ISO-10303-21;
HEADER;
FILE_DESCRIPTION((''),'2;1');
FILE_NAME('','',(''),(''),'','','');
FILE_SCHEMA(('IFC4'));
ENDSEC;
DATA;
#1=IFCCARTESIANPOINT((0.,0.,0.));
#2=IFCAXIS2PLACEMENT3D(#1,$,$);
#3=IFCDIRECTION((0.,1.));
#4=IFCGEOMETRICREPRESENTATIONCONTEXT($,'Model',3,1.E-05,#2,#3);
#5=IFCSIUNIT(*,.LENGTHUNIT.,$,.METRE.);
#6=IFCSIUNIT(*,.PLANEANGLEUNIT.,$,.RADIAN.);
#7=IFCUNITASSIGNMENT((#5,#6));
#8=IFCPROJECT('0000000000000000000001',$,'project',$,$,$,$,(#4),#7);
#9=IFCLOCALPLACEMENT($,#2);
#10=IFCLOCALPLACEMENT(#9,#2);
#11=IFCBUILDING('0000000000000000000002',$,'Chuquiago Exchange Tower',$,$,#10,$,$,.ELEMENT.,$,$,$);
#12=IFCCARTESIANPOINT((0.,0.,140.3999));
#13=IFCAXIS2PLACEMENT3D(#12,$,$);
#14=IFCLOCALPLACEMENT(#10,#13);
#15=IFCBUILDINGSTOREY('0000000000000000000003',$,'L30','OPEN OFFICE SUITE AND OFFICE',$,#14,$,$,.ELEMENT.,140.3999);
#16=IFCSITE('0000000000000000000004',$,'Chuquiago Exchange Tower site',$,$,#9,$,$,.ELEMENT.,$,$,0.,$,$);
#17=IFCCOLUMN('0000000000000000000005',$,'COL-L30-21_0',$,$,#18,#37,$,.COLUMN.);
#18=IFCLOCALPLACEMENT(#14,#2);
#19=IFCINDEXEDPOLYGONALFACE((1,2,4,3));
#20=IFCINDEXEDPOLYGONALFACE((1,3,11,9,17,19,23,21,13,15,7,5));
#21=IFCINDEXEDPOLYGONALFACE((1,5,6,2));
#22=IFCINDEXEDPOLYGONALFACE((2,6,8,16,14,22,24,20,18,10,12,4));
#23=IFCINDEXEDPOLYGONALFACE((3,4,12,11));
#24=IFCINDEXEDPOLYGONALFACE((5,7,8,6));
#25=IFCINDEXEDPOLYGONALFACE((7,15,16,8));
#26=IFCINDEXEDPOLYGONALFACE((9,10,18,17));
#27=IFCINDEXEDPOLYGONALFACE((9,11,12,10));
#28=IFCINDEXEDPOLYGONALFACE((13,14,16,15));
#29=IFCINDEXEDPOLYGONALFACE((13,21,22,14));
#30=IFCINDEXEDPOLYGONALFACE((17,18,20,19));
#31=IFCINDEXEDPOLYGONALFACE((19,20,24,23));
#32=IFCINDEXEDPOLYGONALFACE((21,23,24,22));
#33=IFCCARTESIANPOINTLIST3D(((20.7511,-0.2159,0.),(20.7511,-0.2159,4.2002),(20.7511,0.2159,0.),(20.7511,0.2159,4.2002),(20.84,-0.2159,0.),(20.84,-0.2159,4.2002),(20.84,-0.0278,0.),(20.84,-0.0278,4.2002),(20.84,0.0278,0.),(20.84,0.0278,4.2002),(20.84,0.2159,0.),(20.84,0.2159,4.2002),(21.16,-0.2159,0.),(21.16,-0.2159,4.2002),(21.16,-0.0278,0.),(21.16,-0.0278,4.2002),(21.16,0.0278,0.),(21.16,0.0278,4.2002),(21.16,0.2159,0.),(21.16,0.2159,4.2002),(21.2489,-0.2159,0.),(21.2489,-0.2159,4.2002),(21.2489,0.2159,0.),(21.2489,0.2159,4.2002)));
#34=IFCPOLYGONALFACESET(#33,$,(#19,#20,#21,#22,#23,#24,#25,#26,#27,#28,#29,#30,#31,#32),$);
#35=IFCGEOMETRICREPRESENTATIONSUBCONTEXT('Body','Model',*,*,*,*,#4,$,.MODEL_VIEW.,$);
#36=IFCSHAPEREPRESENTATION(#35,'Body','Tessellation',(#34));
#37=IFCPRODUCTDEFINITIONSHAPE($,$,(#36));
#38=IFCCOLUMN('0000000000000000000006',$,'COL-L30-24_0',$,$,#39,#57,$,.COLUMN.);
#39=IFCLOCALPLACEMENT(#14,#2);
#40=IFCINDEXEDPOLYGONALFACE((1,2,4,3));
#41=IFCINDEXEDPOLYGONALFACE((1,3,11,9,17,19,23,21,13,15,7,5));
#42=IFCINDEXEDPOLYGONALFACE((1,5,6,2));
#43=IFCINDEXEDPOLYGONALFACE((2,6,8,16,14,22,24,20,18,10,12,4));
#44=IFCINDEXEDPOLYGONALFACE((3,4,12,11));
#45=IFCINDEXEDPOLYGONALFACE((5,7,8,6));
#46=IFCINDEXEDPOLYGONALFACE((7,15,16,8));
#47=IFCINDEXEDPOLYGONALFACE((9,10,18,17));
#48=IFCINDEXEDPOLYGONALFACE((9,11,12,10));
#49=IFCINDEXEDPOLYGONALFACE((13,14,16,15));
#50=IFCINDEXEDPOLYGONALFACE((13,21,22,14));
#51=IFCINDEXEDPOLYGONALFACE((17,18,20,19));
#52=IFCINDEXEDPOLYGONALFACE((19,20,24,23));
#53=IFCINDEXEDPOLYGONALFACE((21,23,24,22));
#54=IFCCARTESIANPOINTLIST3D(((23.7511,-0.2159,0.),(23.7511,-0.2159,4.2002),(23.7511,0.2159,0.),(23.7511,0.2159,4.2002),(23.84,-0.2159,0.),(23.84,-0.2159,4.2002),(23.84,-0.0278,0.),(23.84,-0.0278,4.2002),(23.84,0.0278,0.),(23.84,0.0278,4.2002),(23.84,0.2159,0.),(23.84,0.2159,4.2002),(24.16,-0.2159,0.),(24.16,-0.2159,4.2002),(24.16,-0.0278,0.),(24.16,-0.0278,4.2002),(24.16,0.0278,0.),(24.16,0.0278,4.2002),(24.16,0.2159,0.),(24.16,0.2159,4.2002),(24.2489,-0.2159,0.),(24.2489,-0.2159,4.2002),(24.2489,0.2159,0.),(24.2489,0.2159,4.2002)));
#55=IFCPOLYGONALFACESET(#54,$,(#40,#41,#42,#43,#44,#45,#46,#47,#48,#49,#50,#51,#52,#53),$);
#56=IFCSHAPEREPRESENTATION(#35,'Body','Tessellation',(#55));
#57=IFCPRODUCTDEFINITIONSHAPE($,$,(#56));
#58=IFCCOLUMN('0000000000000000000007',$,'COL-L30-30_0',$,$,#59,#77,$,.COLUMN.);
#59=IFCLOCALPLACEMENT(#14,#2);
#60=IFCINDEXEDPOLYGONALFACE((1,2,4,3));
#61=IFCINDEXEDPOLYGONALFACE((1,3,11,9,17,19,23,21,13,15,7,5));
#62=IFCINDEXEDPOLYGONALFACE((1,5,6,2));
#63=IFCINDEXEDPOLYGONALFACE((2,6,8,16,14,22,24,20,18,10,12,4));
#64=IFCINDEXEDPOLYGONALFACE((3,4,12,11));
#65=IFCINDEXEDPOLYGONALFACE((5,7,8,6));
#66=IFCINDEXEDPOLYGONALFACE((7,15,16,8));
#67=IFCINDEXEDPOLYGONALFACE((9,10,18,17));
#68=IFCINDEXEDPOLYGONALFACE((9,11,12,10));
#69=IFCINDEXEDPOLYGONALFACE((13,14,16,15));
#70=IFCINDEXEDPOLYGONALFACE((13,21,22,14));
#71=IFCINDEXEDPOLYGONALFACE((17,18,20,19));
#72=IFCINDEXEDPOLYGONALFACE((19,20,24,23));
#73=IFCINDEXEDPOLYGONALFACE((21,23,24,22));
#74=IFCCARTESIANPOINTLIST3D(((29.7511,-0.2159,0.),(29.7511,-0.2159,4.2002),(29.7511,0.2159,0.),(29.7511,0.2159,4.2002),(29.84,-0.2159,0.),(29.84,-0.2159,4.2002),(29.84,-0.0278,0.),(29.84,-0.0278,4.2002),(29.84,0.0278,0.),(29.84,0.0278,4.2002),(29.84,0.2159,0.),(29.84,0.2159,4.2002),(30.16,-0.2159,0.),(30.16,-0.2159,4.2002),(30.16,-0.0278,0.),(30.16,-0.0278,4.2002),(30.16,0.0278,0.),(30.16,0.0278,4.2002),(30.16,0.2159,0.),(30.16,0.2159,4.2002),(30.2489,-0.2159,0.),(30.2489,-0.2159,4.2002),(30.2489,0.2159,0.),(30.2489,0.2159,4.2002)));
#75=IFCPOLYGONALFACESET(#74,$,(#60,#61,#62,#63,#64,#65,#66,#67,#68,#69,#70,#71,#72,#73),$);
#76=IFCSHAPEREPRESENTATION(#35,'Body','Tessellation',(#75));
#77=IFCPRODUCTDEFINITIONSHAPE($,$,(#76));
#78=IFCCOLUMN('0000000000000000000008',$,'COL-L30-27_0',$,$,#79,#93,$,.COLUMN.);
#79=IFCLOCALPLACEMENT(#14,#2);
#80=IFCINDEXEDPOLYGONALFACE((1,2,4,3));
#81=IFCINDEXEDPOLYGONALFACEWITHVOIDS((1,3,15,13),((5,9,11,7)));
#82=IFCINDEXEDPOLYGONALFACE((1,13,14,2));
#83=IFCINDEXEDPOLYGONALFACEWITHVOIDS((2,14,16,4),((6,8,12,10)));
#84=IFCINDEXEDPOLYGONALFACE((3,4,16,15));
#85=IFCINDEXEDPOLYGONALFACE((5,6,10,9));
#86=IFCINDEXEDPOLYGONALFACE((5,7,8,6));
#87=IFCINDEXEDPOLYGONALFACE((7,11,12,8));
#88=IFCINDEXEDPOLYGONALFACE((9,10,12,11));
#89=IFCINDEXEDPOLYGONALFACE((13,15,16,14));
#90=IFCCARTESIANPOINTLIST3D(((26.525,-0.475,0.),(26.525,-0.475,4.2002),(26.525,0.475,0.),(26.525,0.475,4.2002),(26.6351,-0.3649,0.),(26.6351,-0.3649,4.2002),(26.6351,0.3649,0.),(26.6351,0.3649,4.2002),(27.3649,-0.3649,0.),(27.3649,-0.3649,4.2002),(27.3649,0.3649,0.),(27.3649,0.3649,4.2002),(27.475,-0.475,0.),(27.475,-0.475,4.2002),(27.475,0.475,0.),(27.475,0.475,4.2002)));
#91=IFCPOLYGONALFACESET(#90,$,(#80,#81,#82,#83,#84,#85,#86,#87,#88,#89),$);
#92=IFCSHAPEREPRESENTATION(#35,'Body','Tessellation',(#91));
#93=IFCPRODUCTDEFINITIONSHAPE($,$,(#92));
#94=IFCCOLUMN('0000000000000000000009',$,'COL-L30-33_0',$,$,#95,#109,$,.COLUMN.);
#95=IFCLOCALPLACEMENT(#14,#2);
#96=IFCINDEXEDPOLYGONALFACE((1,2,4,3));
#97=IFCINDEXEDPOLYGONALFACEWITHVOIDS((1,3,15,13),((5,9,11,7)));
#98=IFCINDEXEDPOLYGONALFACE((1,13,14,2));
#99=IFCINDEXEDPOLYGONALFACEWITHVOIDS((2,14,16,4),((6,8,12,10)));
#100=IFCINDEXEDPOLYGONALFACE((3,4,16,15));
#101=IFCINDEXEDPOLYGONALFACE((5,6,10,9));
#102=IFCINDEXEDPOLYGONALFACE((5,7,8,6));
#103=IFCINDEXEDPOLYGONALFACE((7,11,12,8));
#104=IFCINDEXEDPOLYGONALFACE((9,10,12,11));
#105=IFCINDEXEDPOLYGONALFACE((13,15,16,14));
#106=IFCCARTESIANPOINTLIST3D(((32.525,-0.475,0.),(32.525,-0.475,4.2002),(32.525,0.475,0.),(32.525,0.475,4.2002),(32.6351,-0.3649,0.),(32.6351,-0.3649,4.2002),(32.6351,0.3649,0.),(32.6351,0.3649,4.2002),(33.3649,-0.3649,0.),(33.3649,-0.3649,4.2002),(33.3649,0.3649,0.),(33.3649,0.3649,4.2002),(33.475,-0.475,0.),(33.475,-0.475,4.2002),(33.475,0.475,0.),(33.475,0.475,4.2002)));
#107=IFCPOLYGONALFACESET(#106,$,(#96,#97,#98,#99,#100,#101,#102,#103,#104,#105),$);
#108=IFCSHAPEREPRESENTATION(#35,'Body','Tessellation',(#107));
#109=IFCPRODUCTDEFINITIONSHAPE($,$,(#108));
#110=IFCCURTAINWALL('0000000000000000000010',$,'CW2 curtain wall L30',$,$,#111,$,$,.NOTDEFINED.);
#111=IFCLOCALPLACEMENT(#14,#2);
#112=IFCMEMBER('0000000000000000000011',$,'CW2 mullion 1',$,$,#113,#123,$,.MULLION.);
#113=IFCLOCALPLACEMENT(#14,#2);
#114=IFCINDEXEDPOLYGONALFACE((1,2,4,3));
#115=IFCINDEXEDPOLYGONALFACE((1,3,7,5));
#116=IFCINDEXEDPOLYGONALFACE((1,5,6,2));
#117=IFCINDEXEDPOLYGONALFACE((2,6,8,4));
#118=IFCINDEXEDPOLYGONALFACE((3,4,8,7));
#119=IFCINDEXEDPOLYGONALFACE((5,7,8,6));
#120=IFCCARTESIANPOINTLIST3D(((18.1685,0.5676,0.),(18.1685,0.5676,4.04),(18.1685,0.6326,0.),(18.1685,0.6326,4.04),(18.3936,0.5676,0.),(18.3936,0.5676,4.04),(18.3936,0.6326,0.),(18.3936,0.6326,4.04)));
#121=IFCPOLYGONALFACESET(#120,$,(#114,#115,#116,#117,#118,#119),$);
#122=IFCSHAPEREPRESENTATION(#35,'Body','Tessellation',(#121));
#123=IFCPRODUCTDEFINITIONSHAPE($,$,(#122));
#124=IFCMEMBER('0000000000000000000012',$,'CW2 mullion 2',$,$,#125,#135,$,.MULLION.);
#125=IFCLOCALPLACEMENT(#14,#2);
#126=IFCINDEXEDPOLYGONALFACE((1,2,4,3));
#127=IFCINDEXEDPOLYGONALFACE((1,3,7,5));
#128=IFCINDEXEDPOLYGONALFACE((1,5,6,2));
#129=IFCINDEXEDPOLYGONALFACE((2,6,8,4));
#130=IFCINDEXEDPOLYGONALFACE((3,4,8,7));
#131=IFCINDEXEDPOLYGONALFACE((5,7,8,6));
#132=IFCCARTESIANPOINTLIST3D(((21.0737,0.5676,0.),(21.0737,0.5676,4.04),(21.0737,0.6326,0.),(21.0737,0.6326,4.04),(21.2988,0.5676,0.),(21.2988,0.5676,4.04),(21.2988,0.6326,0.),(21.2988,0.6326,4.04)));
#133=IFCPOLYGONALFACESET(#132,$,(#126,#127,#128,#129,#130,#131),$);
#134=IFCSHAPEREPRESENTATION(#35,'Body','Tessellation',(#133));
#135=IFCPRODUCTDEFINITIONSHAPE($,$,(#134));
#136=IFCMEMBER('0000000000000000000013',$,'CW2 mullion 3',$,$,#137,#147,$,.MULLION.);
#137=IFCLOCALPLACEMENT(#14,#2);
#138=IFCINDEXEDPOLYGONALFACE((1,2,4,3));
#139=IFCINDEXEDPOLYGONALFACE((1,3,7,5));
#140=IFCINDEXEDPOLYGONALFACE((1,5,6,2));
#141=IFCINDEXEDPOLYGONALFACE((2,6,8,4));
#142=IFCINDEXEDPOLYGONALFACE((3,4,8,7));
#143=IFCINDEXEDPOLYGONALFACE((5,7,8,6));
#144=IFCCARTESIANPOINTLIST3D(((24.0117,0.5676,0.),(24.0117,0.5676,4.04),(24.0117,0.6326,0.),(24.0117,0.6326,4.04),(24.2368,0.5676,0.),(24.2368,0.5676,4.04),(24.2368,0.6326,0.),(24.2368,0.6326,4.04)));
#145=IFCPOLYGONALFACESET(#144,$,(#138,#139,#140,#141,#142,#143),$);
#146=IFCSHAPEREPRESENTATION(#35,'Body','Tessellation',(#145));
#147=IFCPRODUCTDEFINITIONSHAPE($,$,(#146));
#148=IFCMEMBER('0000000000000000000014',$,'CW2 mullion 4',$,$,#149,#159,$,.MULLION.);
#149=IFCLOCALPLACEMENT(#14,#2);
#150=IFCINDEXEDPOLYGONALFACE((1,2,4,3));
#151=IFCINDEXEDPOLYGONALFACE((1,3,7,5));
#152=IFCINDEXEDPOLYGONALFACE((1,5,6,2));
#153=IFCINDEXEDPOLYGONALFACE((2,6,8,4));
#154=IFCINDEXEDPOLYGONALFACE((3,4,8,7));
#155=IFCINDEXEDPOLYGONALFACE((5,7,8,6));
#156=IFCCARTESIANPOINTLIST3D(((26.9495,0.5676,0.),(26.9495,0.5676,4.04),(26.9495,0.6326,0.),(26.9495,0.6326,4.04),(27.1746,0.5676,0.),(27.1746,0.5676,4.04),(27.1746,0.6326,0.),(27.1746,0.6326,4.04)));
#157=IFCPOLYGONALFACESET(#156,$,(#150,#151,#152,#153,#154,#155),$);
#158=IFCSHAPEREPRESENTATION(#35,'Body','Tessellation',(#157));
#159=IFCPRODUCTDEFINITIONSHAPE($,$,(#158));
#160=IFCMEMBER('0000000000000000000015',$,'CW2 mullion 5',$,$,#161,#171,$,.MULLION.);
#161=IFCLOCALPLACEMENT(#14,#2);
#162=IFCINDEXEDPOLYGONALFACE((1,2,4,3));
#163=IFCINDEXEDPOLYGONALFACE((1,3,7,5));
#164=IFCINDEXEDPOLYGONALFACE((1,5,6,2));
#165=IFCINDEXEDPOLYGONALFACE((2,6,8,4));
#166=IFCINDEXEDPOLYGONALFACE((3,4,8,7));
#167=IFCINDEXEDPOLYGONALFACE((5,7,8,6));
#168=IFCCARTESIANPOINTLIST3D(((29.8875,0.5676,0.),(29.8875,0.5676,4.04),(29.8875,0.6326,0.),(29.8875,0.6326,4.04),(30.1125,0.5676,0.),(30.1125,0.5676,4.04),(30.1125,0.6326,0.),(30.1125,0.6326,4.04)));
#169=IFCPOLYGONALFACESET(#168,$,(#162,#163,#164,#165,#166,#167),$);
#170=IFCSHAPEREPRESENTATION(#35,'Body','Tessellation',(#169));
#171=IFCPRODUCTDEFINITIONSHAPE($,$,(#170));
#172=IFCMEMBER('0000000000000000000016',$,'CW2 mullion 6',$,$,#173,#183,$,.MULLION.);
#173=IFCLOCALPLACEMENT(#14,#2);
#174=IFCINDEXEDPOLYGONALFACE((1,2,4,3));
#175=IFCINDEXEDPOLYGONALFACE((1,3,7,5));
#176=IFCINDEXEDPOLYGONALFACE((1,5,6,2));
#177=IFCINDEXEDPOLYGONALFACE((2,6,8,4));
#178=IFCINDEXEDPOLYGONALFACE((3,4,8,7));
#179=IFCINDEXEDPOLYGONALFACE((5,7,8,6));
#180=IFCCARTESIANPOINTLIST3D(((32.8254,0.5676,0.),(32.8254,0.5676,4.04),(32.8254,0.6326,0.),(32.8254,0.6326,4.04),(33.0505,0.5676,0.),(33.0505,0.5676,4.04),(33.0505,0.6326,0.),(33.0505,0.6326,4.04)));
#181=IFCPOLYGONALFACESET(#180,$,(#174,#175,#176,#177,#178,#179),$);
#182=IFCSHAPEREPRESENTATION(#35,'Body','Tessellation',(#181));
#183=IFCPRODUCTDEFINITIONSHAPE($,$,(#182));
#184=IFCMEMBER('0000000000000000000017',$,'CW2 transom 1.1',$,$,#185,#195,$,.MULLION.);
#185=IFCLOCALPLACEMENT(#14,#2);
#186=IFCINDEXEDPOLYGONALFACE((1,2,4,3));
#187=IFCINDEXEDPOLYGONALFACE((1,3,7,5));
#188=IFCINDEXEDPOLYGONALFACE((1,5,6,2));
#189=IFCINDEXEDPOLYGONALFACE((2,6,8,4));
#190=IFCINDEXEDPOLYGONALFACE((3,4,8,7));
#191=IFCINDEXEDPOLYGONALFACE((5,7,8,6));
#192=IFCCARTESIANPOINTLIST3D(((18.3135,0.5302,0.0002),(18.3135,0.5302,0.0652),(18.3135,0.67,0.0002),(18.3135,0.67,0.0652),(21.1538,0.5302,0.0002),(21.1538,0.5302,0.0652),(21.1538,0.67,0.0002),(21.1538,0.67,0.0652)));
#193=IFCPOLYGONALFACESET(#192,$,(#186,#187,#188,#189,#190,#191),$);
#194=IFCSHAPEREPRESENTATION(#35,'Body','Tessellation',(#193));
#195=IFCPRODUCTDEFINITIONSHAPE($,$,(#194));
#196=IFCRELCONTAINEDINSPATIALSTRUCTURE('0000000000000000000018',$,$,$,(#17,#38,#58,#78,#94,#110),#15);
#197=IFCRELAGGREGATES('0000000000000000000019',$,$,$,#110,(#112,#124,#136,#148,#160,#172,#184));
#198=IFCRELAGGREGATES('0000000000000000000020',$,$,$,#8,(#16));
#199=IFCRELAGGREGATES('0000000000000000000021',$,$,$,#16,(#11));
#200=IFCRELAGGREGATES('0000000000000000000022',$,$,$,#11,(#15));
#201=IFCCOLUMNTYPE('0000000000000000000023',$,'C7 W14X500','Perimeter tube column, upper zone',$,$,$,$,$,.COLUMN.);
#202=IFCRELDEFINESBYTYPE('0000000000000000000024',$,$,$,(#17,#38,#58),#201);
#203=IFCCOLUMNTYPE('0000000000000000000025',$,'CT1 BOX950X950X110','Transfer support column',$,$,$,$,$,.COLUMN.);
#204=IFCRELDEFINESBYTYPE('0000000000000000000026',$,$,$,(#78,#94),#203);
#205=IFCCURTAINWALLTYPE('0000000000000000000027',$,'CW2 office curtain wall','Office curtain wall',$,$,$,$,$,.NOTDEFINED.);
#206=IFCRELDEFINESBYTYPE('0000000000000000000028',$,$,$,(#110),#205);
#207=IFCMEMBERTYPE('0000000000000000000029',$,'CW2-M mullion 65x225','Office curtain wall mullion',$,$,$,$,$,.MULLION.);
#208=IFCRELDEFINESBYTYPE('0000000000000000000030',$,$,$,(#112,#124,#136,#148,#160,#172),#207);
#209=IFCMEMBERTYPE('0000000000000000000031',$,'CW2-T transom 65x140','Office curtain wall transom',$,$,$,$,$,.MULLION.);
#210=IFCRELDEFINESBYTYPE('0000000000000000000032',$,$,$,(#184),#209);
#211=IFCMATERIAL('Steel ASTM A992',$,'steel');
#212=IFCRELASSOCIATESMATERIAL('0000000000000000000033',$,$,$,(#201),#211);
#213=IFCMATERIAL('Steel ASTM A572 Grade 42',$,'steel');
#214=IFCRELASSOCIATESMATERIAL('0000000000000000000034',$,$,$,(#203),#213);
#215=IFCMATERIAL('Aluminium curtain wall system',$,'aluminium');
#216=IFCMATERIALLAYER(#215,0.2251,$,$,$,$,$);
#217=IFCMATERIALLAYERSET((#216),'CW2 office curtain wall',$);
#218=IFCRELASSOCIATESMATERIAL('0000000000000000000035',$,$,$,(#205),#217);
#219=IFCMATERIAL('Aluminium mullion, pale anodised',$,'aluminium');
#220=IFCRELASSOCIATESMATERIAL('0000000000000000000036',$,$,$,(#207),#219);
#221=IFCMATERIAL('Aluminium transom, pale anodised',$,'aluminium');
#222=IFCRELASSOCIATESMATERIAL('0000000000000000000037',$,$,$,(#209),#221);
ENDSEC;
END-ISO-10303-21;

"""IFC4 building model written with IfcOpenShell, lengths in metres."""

from ifc_helpers import new_model, si_unit, direction, frame, origin, origin_2d, place, context, subcontext, project, spatial, rectangle, hollow_rectangle, i_section, extrude, material, layer, layer_set, material_profile, profile_set, type_object, element, aggregate, save


model = new_model("IFC4")

# Units and contexts
model_context = context("Model", 3, precision=1e-05, world=origin(), true_north=direction((0.0, 1.0)))
body_context = subcontext(model_context, "Body", "Model", "MODEL_VIEW")
ifc_project = project(units=[si_unit("LENGTHUNIT", "METRE"), si_unit("PLANEANGLEUNIT", "RADIAN")], contexts=[model_context])

# Site, building, storey
site_placement = place(None, origin())
site = spatial("IfcSite", under=ifc_project, at=site_placement, Name="Chuquiago Exchange Tower site", CompositionType="ELEMENT", RefElevation=0.0)
building_placement = place(site_placement, origin())
building = spatial("IfcBuilding", under=site, at=building_placement, Name="Chuquiago Exchange Tower", CompositionType="ELEMENT")
storey_placement = place(building_placement, frame((0.0, 0.0, 140.3999)))
storey = spatial("IfcBuildingStorey", under=building, at=storey_placement, Name="L30", Description="OPEN OFFICE SUITE AND OFFICE", CompositionType="ELEMENT", Elevation=140.3999)

# Columns
ifc_material_1 = material(Name="Steel ASTM A992", Category="steel")
ifc_material_profile_1 = material_profile(ifc_material_1, i_section(OverallWidth=0.4319, OverallDepth=0.4978, WebThickness=0.0557, FlangeThickness=0.0889, at=origin_2d()), Name="W14X500")
ifc_profile_set_1 = profile_set([ifc_material_profile_1], Name="Steel ASTM A992")
column_type_1 = type_object("IfcColumnType", Name="C7 W14X500", Description="Perimeter tube column, upper zone", PredefinedType="COLUMN", material=ifc_profile_set_1)
for number, where, z_axis, x_axis, name in (
    (1, (21.0, 0.0, 0.0), (0.0, 0.0, 1.0), (0.0, -1.0, 0.0), "COL-L30-21_0"),
    (2, (24.0, 0.0, 0.0), (0.0, 0.0, 1.0), (0.0, -1.0, 0.0), "COL-L30-24_0"),
    (3, (30.0, 0.0, 0.0), (0.0, 0.0, 1.0), (0.0, -1.0, 0.0), "COL-L30-30_0"),
):
    element("IfcColumn", number, at=place(storey_placement, frame(where, z_axis=z_axis, x_axis=x_axis)), inside=storey, type_object=column_type_1, Name=name, PredefinedType="COLUMN", context=body_context, shape_type="SweptSolid", body=[
        extrude(i_section(OverallWidth=0.4319, OverallDepth=0.4978, WebThickness=0.0557, FlangeThickness=0.0889, at=origin_2d()), origin(), (0.0, 0.0, 1.0), 4.2002),
    ])
ifc_material_2 = material(Name="Steel ASTM A572 Grade 42", Category="steel")
ifc_material_profile_2 = material_profile(ifc_material_2, hollow_rectangle(XDim=0.95, YDim=0.95, WallThickness=0.1101, at=origin_2d()), Name="BOX950X950X110")
ifc_profile_set_2 = profile_set([ifc_material_profile_2], Name="Steel ASTM A572 Grade 42")
column_type_2 = type_object("IfcColumnType", Name="CT1 BOX950X950X110", Description="Transfer support column", PredefinedType="COLUMN", material=ifc_profile_set_2)
for number, where, z_axis, x_axis, name in (
    (4, (27.0, 0.0, 0.0), (0.0, 0.0, 1.0), (0.0, -1.0, 0.0), "COL-L30-27_0"),
    (5, (33.0, 0.0, 0.0), (0.0, 0.0, 1.0), (0.0, -1.0, 0.0), "COL-L30-33_0"),
):
    element("IfcColumn", number, at=place(storey_placement, frame(where, z_axis=z_axis, x_axis=x_axis)), inside=storey, type_object=column_type_2, Name=name, PredefinedType="COLUMN", context=body_context, shape_type="SweptSolid", body=[
        extrude(hollow_rectangle(XDim=0.95, YDim=0.95, WallThickness=0.1101, at=origin_2d()), origin(), (0.0, 0.0, 1.0), 4.2002),
    ])

# Curtain wall, members
ifc_material_3 = material(Name="Aluminium curtain wall system", Category="aluminium")
ifc_layer_1 = layer(ifc_material_3, 0.2251)
ifc_layer_set_1 = layer_set([ifc_layer_1], Name="CW2 office curtain wall")
curtain_wall_type_1 = type_object("IfcCurtainWallType", Name="CW2 office curtain wall", Description="Office curtain wall", PredefinedType="NOTDEFINED", material=ifc_layer_set_1)
curtain_wall_1_placement = place(storey_placement, origin())
curtain_wall_1 = element("IfcCurtainWall", 6, at=curtain_wall_1_placement, inside=storey, type_object=curtain_wall_type_1, Name="CW2 curtain wall L30", PredefinedType="NOTDEFINED")
ifc_material_4 = material(Name="Aluminium mullion, pale anodised", Category="aluminium")
ifc_material_profile_3 = material_profile(ifc_material_4, rectangle(XDim=0.0649, YDim=0.2251, at=origin_2d()), Name="AL 65x225")
ifc_profile_set_3 = profile_set([ifc_material_profile_3], Name="Aluminium mullion, pale anodised")
member_type_1 = type_object("IfcMemberType", Name="CW2-M mullion 65x225", Description="Office curtain wall mullion", PredefinedType="MULLION", material=ifc_profile_set_3)
member_1_placement = place(storey_placement, frame((18.281, 0.6001, 0.0), z_axis=(0.0, 0.0, 1.0), x_axis=(0.0, 1.0, 0.0)))
member_1 = element("IfcMember", 7, at=member_1_placement, type_object=member_type_1, Name="CW2 mullion 1", PredefinedType="MULLION", context=body_context, shape_type="SweptSolid", body=[
    extrude(rectangle(XDim=0.0649, YDim=0.2251, at=origin_2d()), origin(), (0.0, 0.0, 1.0), 4.04),
])
member_2_placement = place(storey_placement, frame((21.1863, 0.6001, 0.0), z_axis=(0.0, 0.0, 1.0), x_axis=(0.0, 1.0, 0.0)))
member_2 = element("IfcMember", 8, at=member_2_placement, type_object=member_type_1, Name="CW2 mullion 2", PredefinedType="MULLION", context=body_context, shape_type="SweptSolid", body=[
    extrude(rectangle(XDim=0.0649, YDim=0.2251, at=origin_2d()), origin(), (0.0, 0.0, 1.0), 4.04),
])
member_3_placement = place(storey_placement, frame((24.1243, 0.6001, 0.0), z_axis=(0.0, 0.0, 1.0), x_axis=(0.0, 1.0, 0.0)))
member_3 = element("IfcMember", 9, at=member_3_placement, type_object=member_type_1, Name="CW2 mullion 3", PredefinedType="MULLION", context=body_context, shape_type="SweptSolid", body=[
    extrude(rectangle(XDim=0.0649, YDim=0.2251, at=origin_2d()), origin(), (0.0, 0.0, 1.0), 4.04),
])
member_4_placement = place(storey_placement, frame((27.062, 0.6001, 0.0), z_axis=(0.0, 0.0, 1.0), x_axis=(0.0, 1.0, 0.0)))
member_4 = element("IfcMember", 10, at=member_4_placement, type_object=member_type_1, Name="CW2 mullion 4", PredefinedType="MULLION", context=body_context, shape_type="SweptSolid", body=[
    extrude(rectangle(XDim=0.0649, YDim=0.2251, at=origin_2d()), origin(), (0.0, 0.0, 1.0), 4.04),
])
member_5_placement = place(storey_placement, frame((30.0, 0.6001, 0.0), z_axis=(0.0, 0.0, 1.0), x_axis=(0.0, 1.0, 0.0)))
member_5 = element("IfcMember", 11, at=member_5_placement, type_object=member_type_1, Name="CW2 mullion 5", PredefinedType="MULLION", context=body_context, shape_type="SweptSolid", body=[
    extrude(rectangle(XDim=0.0649, YDim=0.2251, at=origin_2d()), origin(), (0.0, 0.0, 1.0), 4.04),
])
member_6_placement = place(storey_placement, frame((32.938, 0.6001, 0.0), z_axis=(0.0, 0.0, 1.0), x_axis=(0.0, 1.0, 0.0)))
member_6 = element("IfcMember", 12, at=member_6_placement, type_object=member_type_1, Name="CW2 mullion 6", PredefinedType="MULLION", context=body_context, shape_type="SweptSolid", body=[
    extrude(rectangle(XDim=0.0649, YDim=0.2251, at=origin_2d()), origin(), (0.0, 0.0, 1.0), 4.04),
])
ifc_material_5 = material(Name="Aluminium transom, pale anodised", Category="aluminium")
ifc_material_profile_4 = material_profile(ifc_material_5, rectangle(XDim=0.1399, YDim=0.0649, at=origin_2d()), Name="AL 140x65")
ifc_profile_set_4 = profile_set([ifc_material_profile_4], Name="Aluminium transom, pale anodised")
member_type_2 = type_object("IfcMemberType", Name="CW2-T transom 65x140", Description="Office curtain wall transom", PredefinedType="MULLION", material=ifc_profile_set_4)
member_7_placement = place(storey_placement, frame((18.3135, 0.6001, 0.0327), z_axis=(1.0, 0.0, 0.0), x_axis=(0.0, 1.0, 0.0)))
member_7 = element("IfcMember", 13, at=member_7_placement, type_object=member_type_2, Name="CW2 transom 1.1", PredefinedType="MULLION", context=body_context, shape_type="SweptSolid", body=[
    extrude(rectangle(XDim=0.1399, YDim=0.0649, at=origin_2d()), origin(), (0.0, 0.0, 1.0), 2.8403),
])

aggregate(curtain_wall_1, [member_1, member_2, member_3, member_4, member_5, member_6, member_7])

save(model, "model.ifc")
